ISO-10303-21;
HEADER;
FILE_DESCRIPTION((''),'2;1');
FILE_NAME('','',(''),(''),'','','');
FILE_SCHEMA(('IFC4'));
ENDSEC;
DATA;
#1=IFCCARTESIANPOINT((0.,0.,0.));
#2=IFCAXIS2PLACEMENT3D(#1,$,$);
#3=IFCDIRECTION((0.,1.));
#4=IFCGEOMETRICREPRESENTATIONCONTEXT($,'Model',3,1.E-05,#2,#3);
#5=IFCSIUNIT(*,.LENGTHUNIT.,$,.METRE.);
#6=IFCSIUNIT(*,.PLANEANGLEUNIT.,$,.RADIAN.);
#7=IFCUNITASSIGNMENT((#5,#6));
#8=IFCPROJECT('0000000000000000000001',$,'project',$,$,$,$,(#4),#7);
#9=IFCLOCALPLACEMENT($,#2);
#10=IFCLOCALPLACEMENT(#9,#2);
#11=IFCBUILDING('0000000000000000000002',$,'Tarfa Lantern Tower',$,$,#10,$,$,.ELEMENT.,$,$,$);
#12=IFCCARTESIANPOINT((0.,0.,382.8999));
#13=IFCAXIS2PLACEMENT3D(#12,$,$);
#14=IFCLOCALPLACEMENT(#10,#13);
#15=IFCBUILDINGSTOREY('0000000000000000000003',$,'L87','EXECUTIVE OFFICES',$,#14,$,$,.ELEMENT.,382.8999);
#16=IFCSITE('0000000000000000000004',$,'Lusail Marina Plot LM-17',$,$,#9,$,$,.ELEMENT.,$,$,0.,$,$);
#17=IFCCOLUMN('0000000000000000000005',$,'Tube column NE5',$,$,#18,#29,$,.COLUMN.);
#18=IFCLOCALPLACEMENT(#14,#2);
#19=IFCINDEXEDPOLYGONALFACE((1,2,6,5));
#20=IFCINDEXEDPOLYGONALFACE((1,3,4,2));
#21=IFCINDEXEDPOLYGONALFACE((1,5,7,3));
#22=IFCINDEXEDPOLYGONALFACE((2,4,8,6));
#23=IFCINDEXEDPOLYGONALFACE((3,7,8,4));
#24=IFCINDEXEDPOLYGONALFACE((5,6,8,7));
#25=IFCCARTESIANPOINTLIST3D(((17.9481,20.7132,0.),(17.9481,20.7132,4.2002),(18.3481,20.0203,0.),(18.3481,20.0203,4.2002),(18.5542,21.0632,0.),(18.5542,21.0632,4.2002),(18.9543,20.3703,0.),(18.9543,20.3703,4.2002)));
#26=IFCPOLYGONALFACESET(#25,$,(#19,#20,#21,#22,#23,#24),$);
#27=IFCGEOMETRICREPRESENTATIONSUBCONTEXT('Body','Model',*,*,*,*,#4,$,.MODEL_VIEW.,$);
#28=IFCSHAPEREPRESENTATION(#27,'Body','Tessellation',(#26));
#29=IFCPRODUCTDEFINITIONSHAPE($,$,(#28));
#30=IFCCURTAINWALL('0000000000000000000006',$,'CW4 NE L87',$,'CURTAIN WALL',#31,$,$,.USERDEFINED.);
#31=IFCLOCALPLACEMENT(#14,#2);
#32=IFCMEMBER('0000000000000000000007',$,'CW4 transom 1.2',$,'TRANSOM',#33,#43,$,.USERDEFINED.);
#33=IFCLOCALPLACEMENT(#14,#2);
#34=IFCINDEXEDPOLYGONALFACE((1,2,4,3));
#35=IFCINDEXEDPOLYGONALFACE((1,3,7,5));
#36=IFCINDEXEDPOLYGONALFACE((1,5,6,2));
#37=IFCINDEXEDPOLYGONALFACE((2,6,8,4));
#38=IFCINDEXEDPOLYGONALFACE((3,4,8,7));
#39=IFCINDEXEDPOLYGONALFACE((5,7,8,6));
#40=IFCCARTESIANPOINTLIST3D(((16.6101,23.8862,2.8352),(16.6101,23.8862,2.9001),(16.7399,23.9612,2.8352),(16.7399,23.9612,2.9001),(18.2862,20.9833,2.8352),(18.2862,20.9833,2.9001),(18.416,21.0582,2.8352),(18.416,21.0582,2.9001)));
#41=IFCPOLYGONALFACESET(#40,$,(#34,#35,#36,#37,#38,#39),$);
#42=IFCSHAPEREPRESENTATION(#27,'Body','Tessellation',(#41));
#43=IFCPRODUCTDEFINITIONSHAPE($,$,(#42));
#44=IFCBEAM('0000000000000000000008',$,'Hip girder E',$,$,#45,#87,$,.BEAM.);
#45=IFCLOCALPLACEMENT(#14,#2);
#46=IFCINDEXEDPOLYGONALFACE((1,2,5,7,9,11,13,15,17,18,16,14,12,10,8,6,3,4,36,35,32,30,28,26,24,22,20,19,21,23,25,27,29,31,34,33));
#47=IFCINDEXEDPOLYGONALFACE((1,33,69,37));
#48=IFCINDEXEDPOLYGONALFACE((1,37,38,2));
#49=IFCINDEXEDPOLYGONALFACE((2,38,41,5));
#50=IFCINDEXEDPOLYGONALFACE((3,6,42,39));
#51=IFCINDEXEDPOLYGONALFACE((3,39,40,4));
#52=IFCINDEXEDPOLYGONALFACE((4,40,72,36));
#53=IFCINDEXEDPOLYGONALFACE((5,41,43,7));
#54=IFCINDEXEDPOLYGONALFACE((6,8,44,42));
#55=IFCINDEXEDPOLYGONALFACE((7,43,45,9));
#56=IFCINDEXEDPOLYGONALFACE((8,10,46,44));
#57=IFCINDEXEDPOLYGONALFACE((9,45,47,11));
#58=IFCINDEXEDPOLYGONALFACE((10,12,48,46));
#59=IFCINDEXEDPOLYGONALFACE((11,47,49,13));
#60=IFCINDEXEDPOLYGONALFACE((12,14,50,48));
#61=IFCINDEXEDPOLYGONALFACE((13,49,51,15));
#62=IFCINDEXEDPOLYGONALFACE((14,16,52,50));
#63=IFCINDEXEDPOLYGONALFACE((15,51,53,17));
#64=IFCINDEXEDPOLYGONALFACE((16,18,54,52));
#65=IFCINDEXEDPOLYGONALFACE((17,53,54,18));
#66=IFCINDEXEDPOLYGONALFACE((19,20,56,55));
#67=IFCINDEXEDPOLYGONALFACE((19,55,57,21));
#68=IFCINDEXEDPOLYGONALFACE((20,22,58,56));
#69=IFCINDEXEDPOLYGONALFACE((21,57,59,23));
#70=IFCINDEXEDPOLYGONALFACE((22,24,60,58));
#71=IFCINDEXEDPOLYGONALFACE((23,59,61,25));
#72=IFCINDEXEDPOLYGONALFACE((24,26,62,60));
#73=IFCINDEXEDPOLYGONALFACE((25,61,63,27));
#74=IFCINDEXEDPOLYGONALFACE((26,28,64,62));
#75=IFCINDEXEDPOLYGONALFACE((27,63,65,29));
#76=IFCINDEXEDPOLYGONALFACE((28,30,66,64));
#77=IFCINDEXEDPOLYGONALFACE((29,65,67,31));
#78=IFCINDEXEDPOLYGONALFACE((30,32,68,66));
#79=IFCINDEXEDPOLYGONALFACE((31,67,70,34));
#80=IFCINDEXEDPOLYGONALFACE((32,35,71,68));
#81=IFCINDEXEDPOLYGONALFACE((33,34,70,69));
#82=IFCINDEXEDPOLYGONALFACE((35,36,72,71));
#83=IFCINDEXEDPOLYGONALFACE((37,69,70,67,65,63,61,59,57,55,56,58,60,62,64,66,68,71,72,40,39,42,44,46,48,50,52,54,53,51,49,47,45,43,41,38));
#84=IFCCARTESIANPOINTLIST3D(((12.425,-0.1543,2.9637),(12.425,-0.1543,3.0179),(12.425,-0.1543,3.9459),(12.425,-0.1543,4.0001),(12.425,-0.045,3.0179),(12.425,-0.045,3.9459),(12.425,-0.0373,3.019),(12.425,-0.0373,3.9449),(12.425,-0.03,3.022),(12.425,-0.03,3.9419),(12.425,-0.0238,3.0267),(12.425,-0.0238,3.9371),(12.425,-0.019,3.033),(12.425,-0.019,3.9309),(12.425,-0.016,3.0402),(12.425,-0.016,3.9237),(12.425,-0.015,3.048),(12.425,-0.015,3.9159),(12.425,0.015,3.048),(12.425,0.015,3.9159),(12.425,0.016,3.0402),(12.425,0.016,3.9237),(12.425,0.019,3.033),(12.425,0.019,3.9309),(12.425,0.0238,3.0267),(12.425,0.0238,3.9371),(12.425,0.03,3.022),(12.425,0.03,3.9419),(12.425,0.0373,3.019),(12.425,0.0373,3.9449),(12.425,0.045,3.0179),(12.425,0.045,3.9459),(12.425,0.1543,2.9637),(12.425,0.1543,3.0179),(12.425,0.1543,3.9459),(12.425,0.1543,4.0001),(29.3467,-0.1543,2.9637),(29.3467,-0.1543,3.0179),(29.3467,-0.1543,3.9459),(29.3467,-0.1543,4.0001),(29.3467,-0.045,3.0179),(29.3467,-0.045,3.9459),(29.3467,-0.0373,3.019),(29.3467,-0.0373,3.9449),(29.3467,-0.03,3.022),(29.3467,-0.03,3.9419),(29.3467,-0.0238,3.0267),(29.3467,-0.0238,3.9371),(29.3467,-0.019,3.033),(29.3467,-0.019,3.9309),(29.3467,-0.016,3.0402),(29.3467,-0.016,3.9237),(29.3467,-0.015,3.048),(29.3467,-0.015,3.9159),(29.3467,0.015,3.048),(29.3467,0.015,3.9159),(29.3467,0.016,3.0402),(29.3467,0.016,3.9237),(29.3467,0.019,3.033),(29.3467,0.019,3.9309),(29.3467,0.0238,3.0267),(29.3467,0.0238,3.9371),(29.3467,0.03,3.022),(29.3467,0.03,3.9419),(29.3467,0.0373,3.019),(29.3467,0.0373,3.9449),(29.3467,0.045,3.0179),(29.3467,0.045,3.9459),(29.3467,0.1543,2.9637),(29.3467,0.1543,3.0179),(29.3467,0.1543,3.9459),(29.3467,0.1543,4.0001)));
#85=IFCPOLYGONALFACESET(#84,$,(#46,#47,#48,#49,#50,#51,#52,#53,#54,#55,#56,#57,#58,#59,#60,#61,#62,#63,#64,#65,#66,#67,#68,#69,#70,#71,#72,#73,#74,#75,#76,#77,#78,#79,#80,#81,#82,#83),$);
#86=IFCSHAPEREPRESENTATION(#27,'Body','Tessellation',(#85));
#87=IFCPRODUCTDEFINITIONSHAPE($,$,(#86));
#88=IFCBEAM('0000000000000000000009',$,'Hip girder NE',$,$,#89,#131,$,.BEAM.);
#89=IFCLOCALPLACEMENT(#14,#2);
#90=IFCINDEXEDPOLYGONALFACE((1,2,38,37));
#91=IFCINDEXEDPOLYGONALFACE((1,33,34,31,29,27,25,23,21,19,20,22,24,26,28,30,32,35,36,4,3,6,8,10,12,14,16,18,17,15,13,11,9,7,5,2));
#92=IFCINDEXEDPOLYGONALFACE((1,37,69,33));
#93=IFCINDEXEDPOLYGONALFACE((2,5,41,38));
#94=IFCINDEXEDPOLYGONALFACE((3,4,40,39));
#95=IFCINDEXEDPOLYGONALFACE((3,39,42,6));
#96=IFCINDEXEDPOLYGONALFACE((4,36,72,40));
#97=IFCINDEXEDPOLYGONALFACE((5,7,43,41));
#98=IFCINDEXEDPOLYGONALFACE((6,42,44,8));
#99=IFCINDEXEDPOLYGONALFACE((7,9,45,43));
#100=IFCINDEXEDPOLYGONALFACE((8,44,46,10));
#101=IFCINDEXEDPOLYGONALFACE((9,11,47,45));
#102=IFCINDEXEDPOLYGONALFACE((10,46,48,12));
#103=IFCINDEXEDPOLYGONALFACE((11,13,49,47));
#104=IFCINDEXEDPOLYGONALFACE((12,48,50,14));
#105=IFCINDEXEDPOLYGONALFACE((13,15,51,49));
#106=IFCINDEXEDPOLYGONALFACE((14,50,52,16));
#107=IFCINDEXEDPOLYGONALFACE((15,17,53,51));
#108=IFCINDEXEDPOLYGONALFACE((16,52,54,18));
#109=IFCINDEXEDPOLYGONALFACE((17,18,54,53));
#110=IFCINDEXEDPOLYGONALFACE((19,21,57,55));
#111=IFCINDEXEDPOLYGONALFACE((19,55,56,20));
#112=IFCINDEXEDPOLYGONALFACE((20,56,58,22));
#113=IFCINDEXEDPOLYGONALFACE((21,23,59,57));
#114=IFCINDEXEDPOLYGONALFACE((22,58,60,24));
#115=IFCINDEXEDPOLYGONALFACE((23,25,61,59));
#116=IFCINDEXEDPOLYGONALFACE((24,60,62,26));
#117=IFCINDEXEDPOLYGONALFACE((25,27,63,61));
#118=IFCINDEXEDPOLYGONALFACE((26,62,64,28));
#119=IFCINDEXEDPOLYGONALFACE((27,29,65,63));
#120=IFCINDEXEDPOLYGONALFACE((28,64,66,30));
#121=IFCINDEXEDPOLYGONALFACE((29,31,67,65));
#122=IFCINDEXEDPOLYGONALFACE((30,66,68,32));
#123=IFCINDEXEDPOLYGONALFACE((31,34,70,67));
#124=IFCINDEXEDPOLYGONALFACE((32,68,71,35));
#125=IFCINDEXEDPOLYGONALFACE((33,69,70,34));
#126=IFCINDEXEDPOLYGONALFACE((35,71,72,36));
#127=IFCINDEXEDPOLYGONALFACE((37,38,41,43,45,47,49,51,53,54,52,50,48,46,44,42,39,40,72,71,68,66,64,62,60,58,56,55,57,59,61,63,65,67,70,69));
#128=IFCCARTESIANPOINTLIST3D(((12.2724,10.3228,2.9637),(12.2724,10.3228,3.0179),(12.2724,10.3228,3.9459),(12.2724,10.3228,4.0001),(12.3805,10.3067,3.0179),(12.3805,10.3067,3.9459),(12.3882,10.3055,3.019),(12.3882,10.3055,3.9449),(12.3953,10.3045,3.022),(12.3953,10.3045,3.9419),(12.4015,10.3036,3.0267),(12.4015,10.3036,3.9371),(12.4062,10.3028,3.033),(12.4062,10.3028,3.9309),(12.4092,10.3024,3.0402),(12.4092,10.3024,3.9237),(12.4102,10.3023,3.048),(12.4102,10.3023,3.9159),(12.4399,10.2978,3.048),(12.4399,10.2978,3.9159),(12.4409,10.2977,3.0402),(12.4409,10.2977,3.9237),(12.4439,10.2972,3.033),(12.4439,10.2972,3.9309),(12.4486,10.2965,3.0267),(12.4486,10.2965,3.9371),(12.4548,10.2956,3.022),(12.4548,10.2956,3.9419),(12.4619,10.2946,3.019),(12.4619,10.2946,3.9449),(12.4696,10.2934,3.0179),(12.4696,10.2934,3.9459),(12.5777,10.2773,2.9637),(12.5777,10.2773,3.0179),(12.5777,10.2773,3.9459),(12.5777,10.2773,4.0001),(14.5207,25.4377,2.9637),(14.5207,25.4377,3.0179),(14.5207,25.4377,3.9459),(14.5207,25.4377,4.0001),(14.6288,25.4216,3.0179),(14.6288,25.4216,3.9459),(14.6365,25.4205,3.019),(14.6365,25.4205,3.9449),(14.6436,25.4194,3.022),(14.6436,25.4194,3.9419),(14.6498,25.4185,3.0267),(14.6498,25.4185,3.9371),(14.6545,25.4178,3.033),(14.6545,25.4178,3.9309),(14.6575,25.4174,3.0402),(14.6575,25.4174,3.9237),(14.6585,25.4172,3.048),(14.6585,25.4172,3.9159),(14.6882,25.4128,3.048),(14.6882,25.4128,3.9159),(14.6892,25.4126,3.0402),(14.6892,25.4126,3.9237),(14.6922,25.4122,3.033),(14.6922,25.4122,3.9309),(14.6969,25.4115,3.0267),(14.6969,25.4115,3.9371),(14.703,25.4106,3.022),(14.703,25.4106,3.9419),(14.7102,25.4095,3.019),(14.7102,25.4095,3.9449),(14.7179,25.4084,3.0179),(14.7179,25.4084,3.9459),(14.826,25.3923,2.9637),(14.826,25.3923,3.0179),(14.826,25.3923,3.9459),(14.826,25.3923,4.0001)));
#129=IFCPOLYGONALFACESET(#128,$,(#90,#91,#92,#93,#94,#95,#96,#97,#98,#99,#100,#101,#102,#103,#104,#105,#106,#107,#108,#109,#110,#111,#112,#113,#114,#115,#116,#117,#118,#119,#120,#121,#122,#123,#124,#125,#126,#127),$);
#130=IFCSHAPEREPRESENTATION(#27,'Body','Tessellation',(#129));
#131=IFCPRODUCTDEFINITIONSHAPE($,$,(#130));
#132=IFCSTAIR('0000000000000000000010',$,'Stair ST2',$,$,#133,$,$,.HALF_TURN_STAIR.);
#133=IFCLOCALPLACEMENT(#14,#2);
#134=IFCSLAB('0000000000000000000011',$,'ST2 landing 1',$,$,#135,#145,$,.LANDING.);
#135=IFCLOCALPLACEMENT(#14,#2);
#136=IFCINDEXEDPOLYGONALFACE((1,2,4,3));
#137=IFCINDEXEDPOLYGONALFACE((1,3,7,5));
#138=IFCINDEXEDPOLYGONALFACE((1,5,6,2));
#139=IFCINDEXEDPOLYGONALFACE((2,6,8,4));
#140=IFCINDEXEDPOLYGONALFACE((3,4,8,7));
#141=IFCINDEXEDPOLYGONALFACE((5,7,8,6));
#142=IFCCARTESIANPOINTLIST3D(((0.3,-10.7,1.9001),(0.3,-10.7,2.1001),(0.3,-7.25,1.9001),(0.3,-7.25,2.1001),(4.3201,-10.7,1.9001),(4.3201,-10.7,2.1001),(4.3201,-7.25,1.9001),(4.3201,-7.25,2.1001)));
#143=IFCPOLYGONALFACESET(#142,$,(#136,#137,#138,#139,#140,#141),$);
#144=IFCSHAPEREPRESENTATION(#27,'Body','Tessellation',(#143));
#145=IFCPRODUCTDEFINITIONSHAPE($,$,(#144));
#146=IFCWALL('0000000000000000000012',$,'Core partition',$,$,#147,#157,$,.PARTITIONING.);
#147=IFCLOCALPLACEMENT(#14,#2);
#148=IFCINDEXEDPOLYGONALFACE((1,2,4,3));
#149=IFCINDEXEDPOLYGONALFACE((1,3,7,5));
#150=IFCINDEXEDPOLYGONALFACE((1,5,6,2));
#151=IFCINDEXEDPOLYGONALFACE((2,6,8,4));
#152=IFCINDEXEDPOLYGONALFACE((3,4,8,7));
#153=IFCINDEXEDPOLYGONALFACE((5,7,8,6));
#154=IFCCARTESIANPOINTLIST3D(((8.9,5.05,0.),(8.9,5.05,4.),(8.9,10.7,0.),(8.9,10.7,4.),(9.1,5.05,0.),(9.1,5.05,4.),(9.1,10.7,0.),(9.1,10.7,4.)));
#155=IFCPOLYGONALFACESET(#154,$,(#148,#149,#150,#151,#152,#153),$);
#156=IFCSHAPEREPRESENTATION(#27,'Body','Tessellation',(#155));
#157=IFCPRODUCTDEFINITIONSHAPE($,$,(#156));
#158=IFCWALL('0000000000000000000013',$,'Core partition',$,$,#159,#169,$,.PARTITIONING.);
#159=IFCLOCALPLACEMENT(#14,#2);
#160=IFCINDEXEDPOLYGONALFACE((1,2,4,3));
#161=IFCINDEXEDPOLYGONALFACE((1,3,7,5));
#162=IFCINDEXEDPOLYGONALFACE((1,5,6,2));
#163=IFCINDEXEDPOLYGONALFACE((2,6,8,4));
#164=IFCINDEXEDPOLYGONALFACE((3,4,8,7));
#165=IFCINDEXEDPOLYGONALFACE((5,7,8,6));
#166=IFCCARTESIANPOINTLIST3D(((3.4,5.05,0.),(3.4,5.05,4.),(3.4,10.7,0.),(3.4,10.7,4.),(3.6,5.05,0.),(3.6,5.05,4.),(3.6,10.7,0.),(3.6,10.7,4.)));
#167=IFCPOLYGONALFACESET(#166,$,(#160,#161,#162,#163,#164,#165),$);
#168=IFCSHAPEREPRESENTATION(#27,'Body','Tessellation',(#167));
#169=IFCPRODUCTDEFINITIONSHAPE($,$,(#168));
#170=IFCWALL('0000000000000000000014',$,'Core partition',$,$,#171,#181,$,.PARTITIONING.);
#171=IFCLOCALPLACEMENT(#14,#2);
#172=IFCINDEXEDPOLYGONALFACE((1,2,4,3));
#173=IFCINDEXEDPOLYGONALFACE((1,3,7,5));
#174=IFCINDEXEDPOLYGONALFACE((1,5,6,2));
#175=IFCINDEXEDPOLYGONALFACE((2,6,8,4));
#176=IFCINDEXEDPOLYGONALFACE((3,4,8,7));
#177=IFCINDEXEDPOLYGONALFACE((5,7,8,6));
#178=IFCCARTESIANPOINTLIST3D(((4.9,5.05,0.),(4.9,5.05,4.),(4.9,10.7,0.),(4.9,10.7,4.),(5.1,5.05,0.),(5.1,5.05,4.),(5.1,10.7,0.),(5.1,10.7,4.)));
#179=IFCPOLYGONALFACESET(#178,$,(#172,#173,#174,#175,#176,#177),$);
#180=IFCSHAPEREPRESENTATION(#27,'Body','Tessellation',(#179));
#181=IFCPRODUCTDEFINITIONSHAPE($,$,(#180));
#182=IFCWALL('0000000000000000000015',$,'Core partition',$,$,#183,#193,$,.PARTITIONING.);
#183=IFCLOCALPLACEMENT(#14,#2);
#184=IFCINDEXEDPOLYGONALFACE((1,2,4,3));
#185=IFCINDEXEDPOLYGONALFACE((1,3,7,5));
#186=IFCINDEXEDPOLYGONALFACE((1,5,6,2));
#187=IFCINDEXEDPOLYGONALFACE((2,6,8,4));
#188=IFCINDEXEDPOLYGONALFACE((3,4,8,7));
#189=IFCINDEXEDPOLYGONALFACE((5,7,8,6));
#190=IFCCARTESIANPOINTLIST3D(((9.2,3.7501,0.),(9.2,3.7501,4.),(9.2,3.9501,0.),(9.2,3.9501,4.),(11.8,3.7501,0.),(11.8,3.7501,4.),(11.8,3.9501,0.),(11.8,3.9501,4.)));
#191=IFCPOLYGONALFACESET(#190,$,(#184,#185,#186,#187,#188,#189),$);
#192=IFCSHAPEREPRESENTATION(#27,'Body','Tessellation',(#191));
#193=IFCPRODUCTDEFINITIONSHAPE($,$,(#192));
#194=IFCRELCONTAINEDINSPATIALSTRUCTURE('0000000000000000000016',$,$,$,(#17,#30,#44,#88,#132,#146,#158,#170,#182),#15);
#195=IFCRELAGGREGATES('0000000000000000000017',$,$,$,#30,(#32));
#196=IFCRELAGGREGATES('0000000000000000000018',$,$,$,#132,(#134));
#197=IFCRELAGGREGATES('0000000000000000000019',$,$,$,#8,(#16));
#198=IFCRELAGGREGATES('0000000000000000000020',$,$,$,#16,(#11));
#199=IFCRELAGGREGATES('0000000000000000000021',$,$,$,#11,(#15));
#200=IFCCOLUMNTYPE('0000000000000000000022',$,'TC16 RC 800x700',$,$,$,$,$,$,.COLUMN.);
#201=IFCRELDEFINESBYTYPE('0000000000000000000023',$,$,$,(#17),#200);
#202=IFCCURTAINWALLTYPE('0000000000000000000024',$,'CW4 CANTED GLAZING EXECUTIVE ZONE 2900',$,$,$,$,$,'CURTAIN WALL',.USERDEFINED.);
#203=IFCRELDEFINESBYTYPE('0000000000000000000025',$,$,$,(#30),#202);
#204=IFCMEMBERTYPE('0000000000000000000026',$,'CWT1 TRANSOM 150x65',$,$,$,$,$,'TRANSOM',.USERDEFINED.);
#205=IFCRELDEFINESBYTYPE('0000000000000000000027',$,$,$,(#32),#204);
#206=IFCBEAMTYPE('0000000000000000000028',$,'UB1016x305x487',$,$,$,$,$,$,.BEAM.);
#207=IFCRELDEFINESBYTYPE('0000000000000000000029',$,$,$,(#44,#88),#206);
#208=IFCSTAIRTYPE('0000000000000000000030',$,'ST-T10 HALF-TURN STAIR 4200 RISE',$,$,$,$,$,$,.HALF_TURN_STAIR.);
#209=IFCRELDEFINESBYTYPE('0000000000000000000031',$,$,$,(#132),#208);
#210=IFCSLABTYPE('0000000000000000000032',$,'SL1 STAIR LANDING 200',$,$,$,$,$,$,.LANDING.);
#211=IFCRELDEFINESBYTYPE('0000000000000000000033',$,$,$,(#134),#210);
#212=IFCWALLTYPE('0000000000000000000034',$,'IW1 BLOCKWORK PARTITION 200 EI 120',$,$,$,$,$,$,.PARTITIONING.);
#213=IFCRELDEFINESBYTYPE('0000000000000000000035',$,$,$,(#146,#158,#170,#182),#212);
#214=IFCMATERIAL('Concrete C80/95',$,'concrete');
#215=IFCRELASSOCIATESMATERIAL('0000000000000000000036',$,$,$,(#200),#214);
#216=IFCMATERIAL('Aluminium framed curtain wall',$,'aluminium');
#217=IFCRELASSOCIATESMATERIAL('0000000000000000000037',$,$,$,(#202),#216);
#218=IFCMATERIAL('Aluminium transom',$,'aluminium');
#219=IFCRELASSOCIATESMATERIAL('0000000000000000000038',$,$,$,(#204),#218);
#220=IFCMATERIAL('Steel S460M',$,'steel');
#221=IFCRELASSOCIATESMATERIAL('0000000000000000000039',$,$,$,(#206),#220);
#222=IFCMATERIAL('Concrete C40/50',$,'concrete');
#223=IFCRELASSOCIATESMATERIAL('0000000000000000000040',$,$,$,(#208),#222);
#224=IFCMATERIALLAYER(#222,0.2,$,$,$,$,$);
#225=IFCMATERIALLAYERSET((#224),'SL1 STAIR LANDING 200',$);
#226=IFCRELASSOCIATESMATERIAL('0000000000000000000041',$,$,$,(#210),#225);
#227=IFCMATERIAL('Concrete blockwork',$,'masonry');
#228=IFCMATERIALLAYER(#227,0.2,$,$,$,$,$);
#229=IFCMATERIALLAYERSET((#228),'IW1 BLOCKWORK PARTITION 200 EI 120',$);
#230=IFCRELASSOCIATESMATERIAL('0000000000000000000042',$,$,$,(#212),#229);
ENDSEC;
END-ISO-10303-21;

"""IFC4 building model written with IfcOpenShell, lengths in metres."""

from ifc_helpers import new_model, si_unit, direction, frame, frame_2d, origin, origin_2d, place, context, subcontext, project, spatial, polyline, rectangle, i_section, outline, extrude, material, layer, layer_set, material_profile, profile_set, type_object, element, aggregate, save


model = new_model("IFC4")

# Units and contexts
model_context = context("Model", 3, precision=1e-05, world=origin(), true_north=direction((0.0, 1.0)))
body_context = subcontext(model_context, "Body", "Model", "MODEL_VIEW")
ifc_project = project(units=[si_unit("LENGTHUNIT", "METRE"), si_unit("PLANEANGLEUNIT", "RADIAN")], contexts=[model_context])

# Site, building, storey
site_placement = place(None, origin())
site = spatial("IfcSite", under=ifc_project, at=site_placement, Name="Lusail Marina Plot LM-17", CompositionType="ELEMENT", RefElevation=0.0)
building_placement = place(site_placement, origin())
building = spatial("IfcBuilding", under=site, at=building_placement, Name="Tarfa Lantern Tower", CompositionType="ELEMENT")
storey_placement = place(building_placement, frame((0.0, 0.0, 382.8999)))
storey = spatial("IfcBuildingStorey", under=building, at=storey_placement, Name="L87", Description="EXECUTIVE OFFICES", CompositionType="ELEMENT", Elevation=382.8999)

# Column
ifc_material_1 = material(Name="Concrete C80/95", Category="concrete")
ifc_material_profile_1 = material_profile(ifc_material_1, rectangle(XDim=0.8, YDim=0.7, at=origin_2d()), Name="RC 800x700")
ifc_profile_set_1 = profile_set([ifc_material_profile_1], Name="Concrete C80/95")
column_type = type_object("IfcColumnType", Name="TC16 RC 800x700", PredefinedType="COLUMN", material=ifc_profile_set_1)
column_placement = place(storey_placement, frame((18.4512, 20.5417, 0.0), z_axis=(0.0, 0.0, 1.0), x_axis=(-0.5, 0.866025, 0.0)))
element("IfcColumn", 1, at=column_placement, inside=storey, type_object=column_type, Name="Tube column NE5", PredefinedType="COLUMN", context=body_context, shape_type="SweptSolid", body=[
    extrude(rectangle(XDim=0.8, YDim=0.7, at=origin_2d()), origin(), (0.0, 0.0, 1.0), 4.2002),
])

# Curtain wall, member
ifc_material_2 = material(Name="Aluminium framed curtain wall", Category="aluminium")
curtain_wall_type = type_object("IfcCurtainWallType", Name="CW4 CANTED GLAZING EXECUTIVE ZONE 2900", ElementType="CURTAIN WALL", PredefinedType="USERDEFINED", material=ifc_material_2)
curtain_wall_placement = place(storey_placement, origin())
curtain_wall = element("IfcCurtainWall", 2, at=curtain_wall_placement, inside=storey, type_object=curtain_wall_type, Name="CW4 NE L87", ObjectType="CURTAIN WALL", PredefinedType="USERDEFINED")
ifc_material_3 = material(Name="Aluminium transom", Category="aluminium")
ifc_material_profile_2 = material_profile(ifc_material_3, rectangle(XDim=0.1499, YDim=0.0649, at=origin_2d()), Name="AL TRANSOM 150x65")
ifc_profile_set_2 = profile_set([ifc_material_profile_2], Name="Aluminium transom")
member_type = type_object("IfcMemberType", Name="CWT1 TRANSOM 150x65", ElementType="TRANSOM", PredefinedType="USERDEFINED", material=ifc_profile_set_2)
member_placement = place(storey_placement, frame((18.3511, 21.0208, 2.8677), z_axis=(-0.500017, 0.866016, 0.0), x_axis=(-0.866016, -0.500017, 0.0)))
member = element("IfcMember", 3, at=member_placement, type_object=member_type, Name="CW4 transom 1.2", ObjectType="TRANSOM", PredefinedType="USERDEFINED", context=body_context, shape_type="SweptSolid", body=[
    extrude(rectangle(XDim=0.1499, YDim=0.0649, at=origin_2d()), origin(), (0.0, 0.0, 1.0), 3.3521),
])
aggregate(curtain_wall, [member])

# Beams
ifc_material_4 = material(Name="Steel S460M", Category="steel")
ifc_material_profile_3 = material_profile(ifc_material_4, i_section(OverallWidth=0.3086, OverallDepth=1.0364, WebThickness=0.03, FlangeThickness=0.0542, FilletRadius=0.03, at=origin_2d()), Name="UB1016x305x487")
ifc_profile_set_3 = profile_set([ifc_material_profile_3], Name="Steel S460M")
beam_type = type_object("IfcBeamType", Name="UB1016x305x487", PredefinedType="BEAM", material=ifc_profile_set_3)
beam_1_placement = place(storey_placement, frame((12.425, 0.0, 3.4819), z_axis=(1.0, 0.0, 0.0), x_axis=(0.0, 1.0, 0.0)))
element("IfcBeam", 4, at=beam_1_placement, inside=storey, type_object=beam_type, Name="Hip girder E", PredefinedType="BEAM", context=body_context, shape_type="SweptSolid", body=[
    extrude(i_section(OverallWidth=0.3086, OverallDepth=1.0364, WebThickness=0.03, FlangeThickness=0.0542, FilletRadius=0.03, at=origin_2d()), origin(), (0.0, 0.0, 1.0), 16.9216),
])
beam_2_placement = place(storey_placement, frame((12.425, 10.3, 3.4819), z_axis=(0.147127, 0.989118, 0.0), x_axis=(-0.989118, 0.147127, 0.0)))
element("IfcBeam", 5, at=beam_2_placement, inside=storey, type_object=beam_type, Name="Hip girder NE", PredefinedType="BEAM", context=body_context, shape_type="SweptSolid", body=[
    extrude(i_section(OverallWidth=0.3086, OverallDepth=1.0364, WebThickness=0.03, FlangeThickness=0.0542, FilletRadius=0.03, at=origin_2d()), origin(), (0.0, 0.0, 1.0), 15.2812),
])

# Stair, slab
ifc_material_5 = material(Name="Concrete C40/50", Category="concrete")
stair_type = type_object("IfcStairType", Name="ST-T10 HALF-TURN STAIR 4200 RISE", PredefinedType="HALF_TURN_STAIR", material=ifc_material_5)
stair_placement = place(storey_placement, origin())
stair = element("IfcStair", 6, at=stair_placement, inside=storey, type_object=stair_type, Name="Stair ST2", PredefinedType="HALF_TURN_STAIR")
ifc_layer_1 = layer(ifc_material_5, 0.2)
ifc_layer_set_1 = layer_set([ifc_layer_1], Name="SL1 STAIR LANDING 200")
slab_type = type_object("IfcSlabType", Name="SL1 STAIR LANDING 200", PredefinedType="LANDING", material=ifc_layer_set_1)
slab_placement = place(storey_placement, frame((0.0, 0.0, 1.9001)))
slab = element("IfcSlab", 7, at=slab_placement, type_object=slab_type, Name="ST2 landing 1", PredefinedType="LANDING", context=body_context, shape_type="SweptSolid", body=[
    extrude(outline(polyline([(4.3201, -7.25), (0.3, -7.25), (0.3, -10.7), (4.3201, -10.7), (4.3201, -7.25)])), origin(), (0.0, 0.0, 1.0), 0.2),
])
aggregate(stair, [slab])

# Walls
ifc_material_6 = material(Name="Concrete blockwork", Category="masonry")
ifc_layer_2 = layer(ifc_material_6, 0.2)
ifc_layer_set_2 = layer_set([ifc_layer_2], Name="IW1 BLOCKWORK PARTITION 200 EI 120")
wall_type_1 = type_object("IfcWallType", Name="IW1 BLOCKWORK PARTITION 200 EI 120", PredefinedType="PARTITIONING", material=ifc_layer_set_2)
for number, where, z_axis, x_axis, name in (
    (8, (9.0, 5.05, 0.0), (0.0, 0.0, 1.0), (0.0, 1.0, 0.0), "Core partition"),
    (9, (3.5, 5.05, 0.0), (0.0, 0.0, 1.0), (0.0, 1.0, 0.0), "Core partition"),
    (10, (5.0, 5.05, 0.0), (0.0, 0.0, 1.0), (0.0, 1.0, 0.0), "Core partition"),
):
    element("IfcWall", number, at=place(storey_placement, frame(where, z_axis=z_axis, x_axis=x_axis)), inside=storey, type_object=wall_type_1, Name=name, PredefinedType="PARTITIONING", context=body_context, shape_type="SweptSolid", body=[
        extrude(rectangle(XDim=5.6499, YDim=0.2, at=frame_2d((2.825, 0.0))), origin(), (0.0, 0.0, 1.0), 4.0),
    ])
wall_1_placement = place(storey_placement, frame((9.2, 3.8501, 0.0), z_axis=(0.0, 0.0, 1.0), x_axis=(1.0, 0.0, 0.0)))
element("IfcWall", 11, at=wall_1_placement, inside=storey, type_object=wall_type_1, Name="Core partition", PredefinedType="PARTITIONING", context=body_context, shape_type="SweptSolid", body=[
    extrude(rectangle(XDim=2.6001, YDim=0.2, at=frame_2d((1.3, 0.0))), origin(), (0.0, 0.0, 1.0), 4.0),
])

save(model, "model.ifc")
